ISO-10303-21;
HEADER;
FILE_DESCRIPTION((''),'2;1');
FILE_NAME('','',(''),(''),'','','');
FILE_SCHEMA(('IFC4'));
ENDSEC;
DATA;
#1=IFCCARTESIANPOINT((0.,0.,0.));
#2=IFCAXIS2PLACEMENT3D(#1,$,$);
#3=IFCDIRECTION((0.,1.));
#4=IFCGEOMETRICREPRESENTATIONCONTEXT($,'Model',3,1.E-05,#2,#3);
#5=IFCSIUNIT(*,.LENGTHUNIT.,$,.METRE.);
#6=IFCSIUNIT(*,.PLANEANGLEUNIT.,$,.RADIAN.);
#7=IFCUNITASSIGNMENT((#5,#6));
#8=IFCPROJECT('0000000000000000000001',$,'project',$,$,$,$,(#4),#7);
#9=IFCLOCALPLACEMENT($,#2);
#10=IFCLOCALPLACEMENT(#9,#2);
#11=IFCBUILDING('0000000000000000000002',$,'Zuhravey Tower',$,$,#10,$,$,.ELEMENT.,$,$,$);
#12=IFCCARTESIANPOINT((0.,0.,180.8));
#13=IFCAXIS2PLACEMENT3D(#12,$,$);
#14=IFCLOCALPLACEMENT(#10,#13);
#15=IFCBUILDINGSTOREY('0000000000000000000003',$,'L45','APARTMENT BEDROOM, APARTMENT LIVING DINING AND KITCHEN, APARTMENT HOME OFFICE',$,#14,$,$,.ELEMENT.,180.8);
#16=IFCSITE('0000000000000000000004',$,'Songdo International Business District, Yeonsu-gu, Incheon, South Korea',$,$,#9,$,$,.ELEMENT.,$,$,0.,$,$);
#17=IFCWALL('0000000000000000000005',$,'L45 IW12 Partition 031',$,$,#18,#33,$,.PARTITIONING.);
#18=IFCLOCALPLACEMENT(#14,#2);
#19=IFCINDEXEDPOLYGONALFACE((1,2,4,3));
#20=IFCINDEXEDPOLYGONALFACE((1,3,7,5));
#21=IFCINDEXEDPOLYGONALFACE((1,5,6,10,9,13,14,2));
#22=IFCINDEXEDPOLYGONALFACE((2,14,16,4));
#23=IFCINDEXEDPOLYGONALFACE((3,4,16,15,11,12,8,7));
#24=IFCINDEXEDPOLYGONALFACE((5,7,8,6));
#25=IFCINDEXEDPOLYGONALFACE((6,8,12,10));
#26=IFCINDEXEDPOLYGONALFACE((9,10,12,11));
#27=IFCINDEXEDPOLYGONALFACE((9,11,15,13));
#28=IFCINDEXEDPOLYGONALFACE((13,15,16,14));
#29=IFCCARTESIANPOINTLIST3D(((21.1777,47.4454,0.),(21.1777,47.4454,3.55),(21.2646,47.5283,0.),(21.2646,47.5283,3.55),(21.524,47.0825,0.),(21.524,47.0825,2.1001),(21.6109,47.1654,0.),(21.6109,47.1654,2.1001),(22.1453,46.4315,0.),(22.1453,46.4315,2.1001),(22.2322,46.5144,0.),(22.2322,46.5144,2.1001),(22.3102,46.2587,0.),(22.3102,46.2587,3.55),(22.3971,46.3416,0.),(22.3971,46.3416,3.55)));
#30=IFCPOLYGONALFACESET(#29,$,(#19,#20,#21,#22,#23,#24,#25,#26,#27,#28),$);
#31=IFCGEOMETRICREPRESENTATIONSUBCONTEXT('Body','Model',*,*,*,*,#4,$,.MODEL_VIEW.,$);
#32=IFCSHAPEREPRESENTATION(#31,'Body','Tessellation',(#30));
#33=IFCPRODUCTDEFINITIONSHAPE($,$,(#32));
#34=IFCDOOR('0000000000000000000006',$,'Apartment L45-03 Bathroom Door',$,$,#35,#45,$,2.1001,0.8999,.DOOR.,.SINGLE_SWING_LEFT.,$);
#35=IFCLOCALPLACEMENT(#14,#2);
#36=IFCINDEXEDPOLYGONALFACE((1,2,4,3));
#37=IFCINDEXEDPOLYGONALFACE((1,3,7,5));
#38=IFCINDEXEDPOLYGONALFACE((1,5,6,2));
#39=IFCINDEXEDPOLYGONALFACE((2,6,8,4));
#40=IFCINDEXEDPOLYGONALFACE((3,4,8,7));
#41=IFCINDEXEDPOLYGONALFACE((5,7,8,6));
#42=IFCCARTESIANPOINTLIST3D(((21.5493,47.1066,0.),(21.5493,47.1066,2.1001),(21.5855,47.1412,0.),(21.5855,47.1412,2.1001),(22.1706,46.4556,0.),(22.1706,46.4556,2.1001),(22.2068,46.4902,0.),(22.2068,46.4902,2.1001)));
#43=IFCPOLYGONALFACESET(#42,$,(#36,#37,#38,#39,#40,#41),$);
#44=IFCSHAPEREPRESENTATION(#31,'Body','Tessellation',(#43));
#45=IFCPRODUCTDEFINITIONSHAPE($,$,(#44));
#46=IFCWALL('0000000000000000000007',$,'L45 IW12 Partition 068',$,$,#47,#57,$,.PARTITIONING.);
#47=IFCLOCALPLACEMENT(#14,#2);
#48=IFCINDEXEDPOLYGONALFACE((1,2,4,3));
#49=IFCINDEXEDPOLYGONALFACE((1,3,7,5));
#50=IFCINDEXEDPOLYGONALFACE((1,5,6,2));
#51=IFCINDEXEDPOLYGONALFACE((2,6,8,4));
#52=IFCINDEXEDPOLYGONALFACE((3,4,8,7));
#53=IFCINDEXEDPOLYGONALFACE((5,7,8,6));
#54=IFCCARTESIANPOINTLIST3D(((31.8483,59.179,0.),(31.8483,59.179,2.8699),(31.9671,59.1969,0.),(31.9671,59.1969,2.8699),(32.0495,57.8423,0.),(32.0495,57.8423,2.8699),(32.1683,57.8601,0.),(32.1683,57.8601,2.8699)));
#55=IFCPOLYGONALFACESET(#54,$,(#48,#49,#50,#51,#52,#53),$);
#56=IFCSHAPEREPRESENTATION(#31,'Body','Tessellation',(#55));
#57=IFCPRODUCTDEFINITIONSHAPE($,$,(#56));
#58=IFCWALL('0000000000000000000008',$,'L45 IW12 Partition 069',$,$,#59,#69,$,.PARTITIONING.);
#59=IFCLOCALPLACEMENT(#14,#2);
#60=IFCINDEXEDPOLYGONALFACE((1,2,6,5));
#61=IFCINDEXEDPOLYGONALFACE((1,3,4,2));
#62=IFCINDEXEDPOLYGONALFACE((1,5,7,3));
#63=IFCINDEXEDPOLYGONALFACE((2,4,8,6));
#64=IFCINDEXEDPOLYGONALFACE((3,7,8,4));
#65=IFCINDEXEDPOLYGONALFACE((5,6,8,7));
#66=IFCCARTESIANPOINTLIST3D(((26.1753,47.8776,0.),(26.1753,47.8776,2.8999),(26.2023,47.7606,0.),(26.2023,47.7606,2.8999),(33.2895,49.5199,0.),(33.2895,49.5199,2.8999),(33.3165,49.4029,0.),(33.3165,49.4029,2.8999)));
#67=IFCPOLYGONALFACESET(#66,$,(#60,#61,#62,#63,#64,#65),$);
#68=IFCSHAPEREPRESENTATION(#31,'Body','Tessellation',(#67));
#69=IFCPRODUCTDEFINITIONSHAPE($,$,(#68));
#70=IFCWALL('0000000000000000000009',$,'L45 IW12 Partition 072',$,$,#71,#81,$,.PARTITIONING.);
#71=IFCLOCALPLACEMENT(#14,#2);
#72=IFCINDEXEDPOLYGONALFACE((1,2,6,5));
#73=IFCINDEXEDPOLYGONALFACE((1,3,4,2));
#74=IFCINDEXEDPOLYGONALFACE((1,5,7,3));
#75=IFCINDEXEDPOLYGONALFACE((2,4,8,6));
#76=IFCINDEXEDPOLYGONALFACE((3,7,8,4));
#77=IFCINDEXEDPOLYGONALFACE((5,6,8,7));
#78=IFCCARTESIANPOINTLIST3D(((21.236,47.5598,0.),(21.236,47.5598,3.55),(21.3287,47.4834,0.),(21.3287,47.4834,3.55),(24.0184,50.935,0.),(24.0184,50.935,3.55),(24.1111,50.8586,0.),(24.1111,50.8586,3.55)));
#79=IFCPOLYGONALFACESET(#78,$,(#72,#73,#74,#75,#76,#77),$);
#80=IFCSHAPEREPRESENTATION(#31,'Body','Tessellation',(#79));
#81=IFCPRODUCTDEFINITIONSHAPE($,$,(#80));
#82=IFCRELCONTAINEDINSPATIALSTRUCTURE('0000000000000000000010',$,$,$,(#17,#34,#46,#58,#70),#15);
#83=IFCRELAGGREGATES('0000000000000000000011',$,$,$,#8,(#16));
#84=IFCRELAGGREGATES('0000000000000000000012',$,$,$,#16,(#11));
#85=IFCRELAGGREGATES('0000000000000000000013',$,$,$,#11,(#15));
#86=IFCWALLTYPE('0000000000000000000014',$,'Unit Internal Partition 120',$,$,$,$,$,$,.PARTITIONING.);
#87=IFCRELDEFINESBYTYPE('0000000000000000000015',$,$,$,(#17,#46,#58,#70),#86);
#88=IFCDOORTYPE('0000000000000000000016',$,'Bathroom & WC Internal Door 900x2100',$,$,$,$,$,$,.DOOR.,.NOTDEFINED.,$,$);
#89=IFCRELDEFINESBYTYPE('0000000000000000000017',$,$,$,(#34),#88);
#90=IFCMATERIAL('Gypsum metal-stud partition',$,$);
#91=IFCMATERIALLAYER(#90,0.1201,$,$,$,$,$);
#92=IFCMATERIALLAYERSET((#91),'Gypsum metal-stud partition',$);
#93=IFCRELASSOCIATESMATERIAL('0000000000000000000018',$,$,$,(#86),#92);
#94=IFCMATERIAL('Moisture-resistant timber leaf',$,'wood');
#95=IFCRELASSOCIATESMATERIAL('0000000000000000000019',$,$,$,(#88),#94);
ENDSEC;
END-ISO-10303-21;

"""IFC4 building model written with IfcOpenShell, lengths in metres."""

from ifc_helpers import new_model, si_unit, direction, frame, frame_2d, origin, place, context, subcontext, project, spatial, rectangle, extrude, material, layer, layer_set, type_object, element, fill, save


model = new_model("IFC4")

# Units and contexts
model_context = context("Model", 3, precision=1e-05, world=origin(), true_north=direction((0.0, 1.0)))
body_context = subcontext(model_context, "Body", "Model", "MODEL_VIEW")
ifc_project = project(units=[si_unit("LENGTHUNIT", "METRE"), si_unit("PLANEANGLEUNIT", "RADIAN")], contexts=[model_context])

# Site, building, storey
site_placement = place(None, origin())
site = spatial("IfcSite", under=ifc_project, at=site_placement, Name="Songdo International Business District, Yeonsu-gu, Incheon, South Korea", CompositionType="ELEMENT", RefElevation=0.0)
building_placement = place(site_placement, origin())
building = spatial("IfcBuilding", under=site, at=building_placement, Name="Zuhravey Tower", CompositionType="ELEMENT")
storey_placement = place(building_placement, frame((0.0, 0.0, 180.8)))
storey = spatial("IfcBuildingStorey", under=building, at=storey_placement, Name="L45", Description="APARTMENT BEDROOM, APARTMENT LIVING DINING AND KITCHEN, APARTMENT HOME OFFICE", CompositionType="ELEMENT", Elevation=180.8)

# Wall, opening, door
ifc_material_1 = material(Name="Gypsum metal-stud partition")
ifc_layer_1 = layer(ifc_material_1, 0.1201)
ifc_layer_set_1 = layer_set([ifc_layer_1], Name="Gypsum metal-stud partition")
wall_type_1 = type_object("IfcWallType", Name="Unit Internal Partition 120", PredefinedType="PARTITIONING", material=ifc_layer_set_1)
wall_1_placement = place(storey_placement, frame((22.3538, 46.3, 0.0), z_axis=(0.0, 0.0, 1.0), x_axis=(-0.690394, 0.723433, 0.0)))
wall_1 = element("IfcWall", 1, at=wall_1_placement, inside=storey, type_object=wall_type_1, Name="L45 IW12 Partition 031", PredefinedType="PARTITIONING", context=body_context, shape_type="SweptSolid", body=[
    extrude(rectangle(XDim=1.6404, YDim=0.1201, at=frame_2d((0.8203, 0.0))), origin(), (0.0, 0.0, 1.0), 3.55),
])
opening_1_placement = place(wall_1_placement, frame((0.239, 0.0, 0.0)))
opening_1 = element("IfcOpeningElement", 2, at=opening_1_placement, cuts=wall_1, PredefinedType="OPENING", context=body_context, shape_type="SweptSolid", body=[
    extrude(rectangle(XDim=0.8999, YDim=2.1001, at=frame_2d((0.45, 1.05))), frame((0.0, 0.072, 0.0), z_axis=(0.0, -1.0, 0.0), x_axis=(1.0, 0.0, 0.0)), (0.0, 0.0, 1.0), 0.144),
])
ifc_material_2 = material(Name="Moisture-resistant timber leaf", Category="wood")
door_type_1 = type_object("IfcDoorType", Name="Bathroom & WC Internal Door 900x2100", OperationType="NOTDEFINED", PredefinedType="DOOR", material=ifc_material_2)
door_1_placement = place(opening_1_placement, frame((0.8999, 0.0, 0.0), z_axis=(0.0, 0.0, 1.0), x_axis=(-1.0, 0.0, 0.0)))
door_1 = element("IfcDoor", 3, at=door_1_placement, inside=storey, type_object=door_type_1, Name="Apartment L45-03 Bathroom Door", OperationType="SINGLE_SWING_LEFT", OverallHeight=2.1001, OverallWidth=0.8999, PredefinedType="DOOR", context=body_context, shape_type="SweptSolid", body=[
    extrude(rectangle(XDim=0.8999, YDim=2.1001, at=frame_2d((0.45, 1.05))), frame((0.0, 0.0249, 0.0), z_axis=(0.0, -1.0, 0.0), x_axis=(1.0, 0.0, 0.0)), (0.0, 0.0, 1.0), 0.05),
])
fill(opening_1, door_1)

# Walls
wall_2_placement = place(storey_placement, frame((32.1089, 57.8513, 0.0), z_axis=(0.0, 0.0, 1.0), x_axis=(-0.148826, 0.988863, 0.0)))
element("IfcWall", 4, at=wall_2_placement, inside=storey, type_object=wall_type_1, Name="L45 IW12 Partition 068", PredefinedType="PARTITIONING", context=body_context, shape_type="SweptSolid", body=[
    extrude(rectangle(XDim=1.3518, YDim=0.1201, at=frame_2d((0.6758, 0.0))), origin(), (0.0, 0.0, 1.0), 2.8699),
])
wall_3_placement = place(storey_placement, frame((33.303, 49.4614, 0.0), z_axis=(0.0, 0.0, 1.0), x_axis=(-0.974374, -0.224935, 0.0)))
element("IfcWall", 5, at=wall_3_placement, inside=storey, type_object=wall_type_1, Name="L45 IW12 Partition 069", PredefinedType="PARTITIONING", context=body_context, shape_type="SweptSolid", body=[
    extrude(rectangle(XDim=7.3013, YDim=0.1201, at=frame_2d((3.6506, 0.0))), origin(), (0.0, 0.0, 1.0), 2.8999),
])
wall_4_placement = place(storey_placement, frame((24.0647, 50.8967, 0.0), z_axis=(0.0, 0.0, 1.0), x_axis=(-0.636096, -0.77161, 0.0)))
element("IfcWall", 6, at=wall_4_placement, inside=storey, type_object=wall_type_1, Name="L45 IW12 Partition 072", PredefinedType="PARTITIONING", context=body_context, shape_type="SweptSolid", body=[
    extrude(rectangle(XDim=4.3743, YDim=0.1201, at=frame_2d((2.187, 0.0))), origin(), (0.0, 0.0, 1.0), 3.55),
])

save(model, "model.ifc")
